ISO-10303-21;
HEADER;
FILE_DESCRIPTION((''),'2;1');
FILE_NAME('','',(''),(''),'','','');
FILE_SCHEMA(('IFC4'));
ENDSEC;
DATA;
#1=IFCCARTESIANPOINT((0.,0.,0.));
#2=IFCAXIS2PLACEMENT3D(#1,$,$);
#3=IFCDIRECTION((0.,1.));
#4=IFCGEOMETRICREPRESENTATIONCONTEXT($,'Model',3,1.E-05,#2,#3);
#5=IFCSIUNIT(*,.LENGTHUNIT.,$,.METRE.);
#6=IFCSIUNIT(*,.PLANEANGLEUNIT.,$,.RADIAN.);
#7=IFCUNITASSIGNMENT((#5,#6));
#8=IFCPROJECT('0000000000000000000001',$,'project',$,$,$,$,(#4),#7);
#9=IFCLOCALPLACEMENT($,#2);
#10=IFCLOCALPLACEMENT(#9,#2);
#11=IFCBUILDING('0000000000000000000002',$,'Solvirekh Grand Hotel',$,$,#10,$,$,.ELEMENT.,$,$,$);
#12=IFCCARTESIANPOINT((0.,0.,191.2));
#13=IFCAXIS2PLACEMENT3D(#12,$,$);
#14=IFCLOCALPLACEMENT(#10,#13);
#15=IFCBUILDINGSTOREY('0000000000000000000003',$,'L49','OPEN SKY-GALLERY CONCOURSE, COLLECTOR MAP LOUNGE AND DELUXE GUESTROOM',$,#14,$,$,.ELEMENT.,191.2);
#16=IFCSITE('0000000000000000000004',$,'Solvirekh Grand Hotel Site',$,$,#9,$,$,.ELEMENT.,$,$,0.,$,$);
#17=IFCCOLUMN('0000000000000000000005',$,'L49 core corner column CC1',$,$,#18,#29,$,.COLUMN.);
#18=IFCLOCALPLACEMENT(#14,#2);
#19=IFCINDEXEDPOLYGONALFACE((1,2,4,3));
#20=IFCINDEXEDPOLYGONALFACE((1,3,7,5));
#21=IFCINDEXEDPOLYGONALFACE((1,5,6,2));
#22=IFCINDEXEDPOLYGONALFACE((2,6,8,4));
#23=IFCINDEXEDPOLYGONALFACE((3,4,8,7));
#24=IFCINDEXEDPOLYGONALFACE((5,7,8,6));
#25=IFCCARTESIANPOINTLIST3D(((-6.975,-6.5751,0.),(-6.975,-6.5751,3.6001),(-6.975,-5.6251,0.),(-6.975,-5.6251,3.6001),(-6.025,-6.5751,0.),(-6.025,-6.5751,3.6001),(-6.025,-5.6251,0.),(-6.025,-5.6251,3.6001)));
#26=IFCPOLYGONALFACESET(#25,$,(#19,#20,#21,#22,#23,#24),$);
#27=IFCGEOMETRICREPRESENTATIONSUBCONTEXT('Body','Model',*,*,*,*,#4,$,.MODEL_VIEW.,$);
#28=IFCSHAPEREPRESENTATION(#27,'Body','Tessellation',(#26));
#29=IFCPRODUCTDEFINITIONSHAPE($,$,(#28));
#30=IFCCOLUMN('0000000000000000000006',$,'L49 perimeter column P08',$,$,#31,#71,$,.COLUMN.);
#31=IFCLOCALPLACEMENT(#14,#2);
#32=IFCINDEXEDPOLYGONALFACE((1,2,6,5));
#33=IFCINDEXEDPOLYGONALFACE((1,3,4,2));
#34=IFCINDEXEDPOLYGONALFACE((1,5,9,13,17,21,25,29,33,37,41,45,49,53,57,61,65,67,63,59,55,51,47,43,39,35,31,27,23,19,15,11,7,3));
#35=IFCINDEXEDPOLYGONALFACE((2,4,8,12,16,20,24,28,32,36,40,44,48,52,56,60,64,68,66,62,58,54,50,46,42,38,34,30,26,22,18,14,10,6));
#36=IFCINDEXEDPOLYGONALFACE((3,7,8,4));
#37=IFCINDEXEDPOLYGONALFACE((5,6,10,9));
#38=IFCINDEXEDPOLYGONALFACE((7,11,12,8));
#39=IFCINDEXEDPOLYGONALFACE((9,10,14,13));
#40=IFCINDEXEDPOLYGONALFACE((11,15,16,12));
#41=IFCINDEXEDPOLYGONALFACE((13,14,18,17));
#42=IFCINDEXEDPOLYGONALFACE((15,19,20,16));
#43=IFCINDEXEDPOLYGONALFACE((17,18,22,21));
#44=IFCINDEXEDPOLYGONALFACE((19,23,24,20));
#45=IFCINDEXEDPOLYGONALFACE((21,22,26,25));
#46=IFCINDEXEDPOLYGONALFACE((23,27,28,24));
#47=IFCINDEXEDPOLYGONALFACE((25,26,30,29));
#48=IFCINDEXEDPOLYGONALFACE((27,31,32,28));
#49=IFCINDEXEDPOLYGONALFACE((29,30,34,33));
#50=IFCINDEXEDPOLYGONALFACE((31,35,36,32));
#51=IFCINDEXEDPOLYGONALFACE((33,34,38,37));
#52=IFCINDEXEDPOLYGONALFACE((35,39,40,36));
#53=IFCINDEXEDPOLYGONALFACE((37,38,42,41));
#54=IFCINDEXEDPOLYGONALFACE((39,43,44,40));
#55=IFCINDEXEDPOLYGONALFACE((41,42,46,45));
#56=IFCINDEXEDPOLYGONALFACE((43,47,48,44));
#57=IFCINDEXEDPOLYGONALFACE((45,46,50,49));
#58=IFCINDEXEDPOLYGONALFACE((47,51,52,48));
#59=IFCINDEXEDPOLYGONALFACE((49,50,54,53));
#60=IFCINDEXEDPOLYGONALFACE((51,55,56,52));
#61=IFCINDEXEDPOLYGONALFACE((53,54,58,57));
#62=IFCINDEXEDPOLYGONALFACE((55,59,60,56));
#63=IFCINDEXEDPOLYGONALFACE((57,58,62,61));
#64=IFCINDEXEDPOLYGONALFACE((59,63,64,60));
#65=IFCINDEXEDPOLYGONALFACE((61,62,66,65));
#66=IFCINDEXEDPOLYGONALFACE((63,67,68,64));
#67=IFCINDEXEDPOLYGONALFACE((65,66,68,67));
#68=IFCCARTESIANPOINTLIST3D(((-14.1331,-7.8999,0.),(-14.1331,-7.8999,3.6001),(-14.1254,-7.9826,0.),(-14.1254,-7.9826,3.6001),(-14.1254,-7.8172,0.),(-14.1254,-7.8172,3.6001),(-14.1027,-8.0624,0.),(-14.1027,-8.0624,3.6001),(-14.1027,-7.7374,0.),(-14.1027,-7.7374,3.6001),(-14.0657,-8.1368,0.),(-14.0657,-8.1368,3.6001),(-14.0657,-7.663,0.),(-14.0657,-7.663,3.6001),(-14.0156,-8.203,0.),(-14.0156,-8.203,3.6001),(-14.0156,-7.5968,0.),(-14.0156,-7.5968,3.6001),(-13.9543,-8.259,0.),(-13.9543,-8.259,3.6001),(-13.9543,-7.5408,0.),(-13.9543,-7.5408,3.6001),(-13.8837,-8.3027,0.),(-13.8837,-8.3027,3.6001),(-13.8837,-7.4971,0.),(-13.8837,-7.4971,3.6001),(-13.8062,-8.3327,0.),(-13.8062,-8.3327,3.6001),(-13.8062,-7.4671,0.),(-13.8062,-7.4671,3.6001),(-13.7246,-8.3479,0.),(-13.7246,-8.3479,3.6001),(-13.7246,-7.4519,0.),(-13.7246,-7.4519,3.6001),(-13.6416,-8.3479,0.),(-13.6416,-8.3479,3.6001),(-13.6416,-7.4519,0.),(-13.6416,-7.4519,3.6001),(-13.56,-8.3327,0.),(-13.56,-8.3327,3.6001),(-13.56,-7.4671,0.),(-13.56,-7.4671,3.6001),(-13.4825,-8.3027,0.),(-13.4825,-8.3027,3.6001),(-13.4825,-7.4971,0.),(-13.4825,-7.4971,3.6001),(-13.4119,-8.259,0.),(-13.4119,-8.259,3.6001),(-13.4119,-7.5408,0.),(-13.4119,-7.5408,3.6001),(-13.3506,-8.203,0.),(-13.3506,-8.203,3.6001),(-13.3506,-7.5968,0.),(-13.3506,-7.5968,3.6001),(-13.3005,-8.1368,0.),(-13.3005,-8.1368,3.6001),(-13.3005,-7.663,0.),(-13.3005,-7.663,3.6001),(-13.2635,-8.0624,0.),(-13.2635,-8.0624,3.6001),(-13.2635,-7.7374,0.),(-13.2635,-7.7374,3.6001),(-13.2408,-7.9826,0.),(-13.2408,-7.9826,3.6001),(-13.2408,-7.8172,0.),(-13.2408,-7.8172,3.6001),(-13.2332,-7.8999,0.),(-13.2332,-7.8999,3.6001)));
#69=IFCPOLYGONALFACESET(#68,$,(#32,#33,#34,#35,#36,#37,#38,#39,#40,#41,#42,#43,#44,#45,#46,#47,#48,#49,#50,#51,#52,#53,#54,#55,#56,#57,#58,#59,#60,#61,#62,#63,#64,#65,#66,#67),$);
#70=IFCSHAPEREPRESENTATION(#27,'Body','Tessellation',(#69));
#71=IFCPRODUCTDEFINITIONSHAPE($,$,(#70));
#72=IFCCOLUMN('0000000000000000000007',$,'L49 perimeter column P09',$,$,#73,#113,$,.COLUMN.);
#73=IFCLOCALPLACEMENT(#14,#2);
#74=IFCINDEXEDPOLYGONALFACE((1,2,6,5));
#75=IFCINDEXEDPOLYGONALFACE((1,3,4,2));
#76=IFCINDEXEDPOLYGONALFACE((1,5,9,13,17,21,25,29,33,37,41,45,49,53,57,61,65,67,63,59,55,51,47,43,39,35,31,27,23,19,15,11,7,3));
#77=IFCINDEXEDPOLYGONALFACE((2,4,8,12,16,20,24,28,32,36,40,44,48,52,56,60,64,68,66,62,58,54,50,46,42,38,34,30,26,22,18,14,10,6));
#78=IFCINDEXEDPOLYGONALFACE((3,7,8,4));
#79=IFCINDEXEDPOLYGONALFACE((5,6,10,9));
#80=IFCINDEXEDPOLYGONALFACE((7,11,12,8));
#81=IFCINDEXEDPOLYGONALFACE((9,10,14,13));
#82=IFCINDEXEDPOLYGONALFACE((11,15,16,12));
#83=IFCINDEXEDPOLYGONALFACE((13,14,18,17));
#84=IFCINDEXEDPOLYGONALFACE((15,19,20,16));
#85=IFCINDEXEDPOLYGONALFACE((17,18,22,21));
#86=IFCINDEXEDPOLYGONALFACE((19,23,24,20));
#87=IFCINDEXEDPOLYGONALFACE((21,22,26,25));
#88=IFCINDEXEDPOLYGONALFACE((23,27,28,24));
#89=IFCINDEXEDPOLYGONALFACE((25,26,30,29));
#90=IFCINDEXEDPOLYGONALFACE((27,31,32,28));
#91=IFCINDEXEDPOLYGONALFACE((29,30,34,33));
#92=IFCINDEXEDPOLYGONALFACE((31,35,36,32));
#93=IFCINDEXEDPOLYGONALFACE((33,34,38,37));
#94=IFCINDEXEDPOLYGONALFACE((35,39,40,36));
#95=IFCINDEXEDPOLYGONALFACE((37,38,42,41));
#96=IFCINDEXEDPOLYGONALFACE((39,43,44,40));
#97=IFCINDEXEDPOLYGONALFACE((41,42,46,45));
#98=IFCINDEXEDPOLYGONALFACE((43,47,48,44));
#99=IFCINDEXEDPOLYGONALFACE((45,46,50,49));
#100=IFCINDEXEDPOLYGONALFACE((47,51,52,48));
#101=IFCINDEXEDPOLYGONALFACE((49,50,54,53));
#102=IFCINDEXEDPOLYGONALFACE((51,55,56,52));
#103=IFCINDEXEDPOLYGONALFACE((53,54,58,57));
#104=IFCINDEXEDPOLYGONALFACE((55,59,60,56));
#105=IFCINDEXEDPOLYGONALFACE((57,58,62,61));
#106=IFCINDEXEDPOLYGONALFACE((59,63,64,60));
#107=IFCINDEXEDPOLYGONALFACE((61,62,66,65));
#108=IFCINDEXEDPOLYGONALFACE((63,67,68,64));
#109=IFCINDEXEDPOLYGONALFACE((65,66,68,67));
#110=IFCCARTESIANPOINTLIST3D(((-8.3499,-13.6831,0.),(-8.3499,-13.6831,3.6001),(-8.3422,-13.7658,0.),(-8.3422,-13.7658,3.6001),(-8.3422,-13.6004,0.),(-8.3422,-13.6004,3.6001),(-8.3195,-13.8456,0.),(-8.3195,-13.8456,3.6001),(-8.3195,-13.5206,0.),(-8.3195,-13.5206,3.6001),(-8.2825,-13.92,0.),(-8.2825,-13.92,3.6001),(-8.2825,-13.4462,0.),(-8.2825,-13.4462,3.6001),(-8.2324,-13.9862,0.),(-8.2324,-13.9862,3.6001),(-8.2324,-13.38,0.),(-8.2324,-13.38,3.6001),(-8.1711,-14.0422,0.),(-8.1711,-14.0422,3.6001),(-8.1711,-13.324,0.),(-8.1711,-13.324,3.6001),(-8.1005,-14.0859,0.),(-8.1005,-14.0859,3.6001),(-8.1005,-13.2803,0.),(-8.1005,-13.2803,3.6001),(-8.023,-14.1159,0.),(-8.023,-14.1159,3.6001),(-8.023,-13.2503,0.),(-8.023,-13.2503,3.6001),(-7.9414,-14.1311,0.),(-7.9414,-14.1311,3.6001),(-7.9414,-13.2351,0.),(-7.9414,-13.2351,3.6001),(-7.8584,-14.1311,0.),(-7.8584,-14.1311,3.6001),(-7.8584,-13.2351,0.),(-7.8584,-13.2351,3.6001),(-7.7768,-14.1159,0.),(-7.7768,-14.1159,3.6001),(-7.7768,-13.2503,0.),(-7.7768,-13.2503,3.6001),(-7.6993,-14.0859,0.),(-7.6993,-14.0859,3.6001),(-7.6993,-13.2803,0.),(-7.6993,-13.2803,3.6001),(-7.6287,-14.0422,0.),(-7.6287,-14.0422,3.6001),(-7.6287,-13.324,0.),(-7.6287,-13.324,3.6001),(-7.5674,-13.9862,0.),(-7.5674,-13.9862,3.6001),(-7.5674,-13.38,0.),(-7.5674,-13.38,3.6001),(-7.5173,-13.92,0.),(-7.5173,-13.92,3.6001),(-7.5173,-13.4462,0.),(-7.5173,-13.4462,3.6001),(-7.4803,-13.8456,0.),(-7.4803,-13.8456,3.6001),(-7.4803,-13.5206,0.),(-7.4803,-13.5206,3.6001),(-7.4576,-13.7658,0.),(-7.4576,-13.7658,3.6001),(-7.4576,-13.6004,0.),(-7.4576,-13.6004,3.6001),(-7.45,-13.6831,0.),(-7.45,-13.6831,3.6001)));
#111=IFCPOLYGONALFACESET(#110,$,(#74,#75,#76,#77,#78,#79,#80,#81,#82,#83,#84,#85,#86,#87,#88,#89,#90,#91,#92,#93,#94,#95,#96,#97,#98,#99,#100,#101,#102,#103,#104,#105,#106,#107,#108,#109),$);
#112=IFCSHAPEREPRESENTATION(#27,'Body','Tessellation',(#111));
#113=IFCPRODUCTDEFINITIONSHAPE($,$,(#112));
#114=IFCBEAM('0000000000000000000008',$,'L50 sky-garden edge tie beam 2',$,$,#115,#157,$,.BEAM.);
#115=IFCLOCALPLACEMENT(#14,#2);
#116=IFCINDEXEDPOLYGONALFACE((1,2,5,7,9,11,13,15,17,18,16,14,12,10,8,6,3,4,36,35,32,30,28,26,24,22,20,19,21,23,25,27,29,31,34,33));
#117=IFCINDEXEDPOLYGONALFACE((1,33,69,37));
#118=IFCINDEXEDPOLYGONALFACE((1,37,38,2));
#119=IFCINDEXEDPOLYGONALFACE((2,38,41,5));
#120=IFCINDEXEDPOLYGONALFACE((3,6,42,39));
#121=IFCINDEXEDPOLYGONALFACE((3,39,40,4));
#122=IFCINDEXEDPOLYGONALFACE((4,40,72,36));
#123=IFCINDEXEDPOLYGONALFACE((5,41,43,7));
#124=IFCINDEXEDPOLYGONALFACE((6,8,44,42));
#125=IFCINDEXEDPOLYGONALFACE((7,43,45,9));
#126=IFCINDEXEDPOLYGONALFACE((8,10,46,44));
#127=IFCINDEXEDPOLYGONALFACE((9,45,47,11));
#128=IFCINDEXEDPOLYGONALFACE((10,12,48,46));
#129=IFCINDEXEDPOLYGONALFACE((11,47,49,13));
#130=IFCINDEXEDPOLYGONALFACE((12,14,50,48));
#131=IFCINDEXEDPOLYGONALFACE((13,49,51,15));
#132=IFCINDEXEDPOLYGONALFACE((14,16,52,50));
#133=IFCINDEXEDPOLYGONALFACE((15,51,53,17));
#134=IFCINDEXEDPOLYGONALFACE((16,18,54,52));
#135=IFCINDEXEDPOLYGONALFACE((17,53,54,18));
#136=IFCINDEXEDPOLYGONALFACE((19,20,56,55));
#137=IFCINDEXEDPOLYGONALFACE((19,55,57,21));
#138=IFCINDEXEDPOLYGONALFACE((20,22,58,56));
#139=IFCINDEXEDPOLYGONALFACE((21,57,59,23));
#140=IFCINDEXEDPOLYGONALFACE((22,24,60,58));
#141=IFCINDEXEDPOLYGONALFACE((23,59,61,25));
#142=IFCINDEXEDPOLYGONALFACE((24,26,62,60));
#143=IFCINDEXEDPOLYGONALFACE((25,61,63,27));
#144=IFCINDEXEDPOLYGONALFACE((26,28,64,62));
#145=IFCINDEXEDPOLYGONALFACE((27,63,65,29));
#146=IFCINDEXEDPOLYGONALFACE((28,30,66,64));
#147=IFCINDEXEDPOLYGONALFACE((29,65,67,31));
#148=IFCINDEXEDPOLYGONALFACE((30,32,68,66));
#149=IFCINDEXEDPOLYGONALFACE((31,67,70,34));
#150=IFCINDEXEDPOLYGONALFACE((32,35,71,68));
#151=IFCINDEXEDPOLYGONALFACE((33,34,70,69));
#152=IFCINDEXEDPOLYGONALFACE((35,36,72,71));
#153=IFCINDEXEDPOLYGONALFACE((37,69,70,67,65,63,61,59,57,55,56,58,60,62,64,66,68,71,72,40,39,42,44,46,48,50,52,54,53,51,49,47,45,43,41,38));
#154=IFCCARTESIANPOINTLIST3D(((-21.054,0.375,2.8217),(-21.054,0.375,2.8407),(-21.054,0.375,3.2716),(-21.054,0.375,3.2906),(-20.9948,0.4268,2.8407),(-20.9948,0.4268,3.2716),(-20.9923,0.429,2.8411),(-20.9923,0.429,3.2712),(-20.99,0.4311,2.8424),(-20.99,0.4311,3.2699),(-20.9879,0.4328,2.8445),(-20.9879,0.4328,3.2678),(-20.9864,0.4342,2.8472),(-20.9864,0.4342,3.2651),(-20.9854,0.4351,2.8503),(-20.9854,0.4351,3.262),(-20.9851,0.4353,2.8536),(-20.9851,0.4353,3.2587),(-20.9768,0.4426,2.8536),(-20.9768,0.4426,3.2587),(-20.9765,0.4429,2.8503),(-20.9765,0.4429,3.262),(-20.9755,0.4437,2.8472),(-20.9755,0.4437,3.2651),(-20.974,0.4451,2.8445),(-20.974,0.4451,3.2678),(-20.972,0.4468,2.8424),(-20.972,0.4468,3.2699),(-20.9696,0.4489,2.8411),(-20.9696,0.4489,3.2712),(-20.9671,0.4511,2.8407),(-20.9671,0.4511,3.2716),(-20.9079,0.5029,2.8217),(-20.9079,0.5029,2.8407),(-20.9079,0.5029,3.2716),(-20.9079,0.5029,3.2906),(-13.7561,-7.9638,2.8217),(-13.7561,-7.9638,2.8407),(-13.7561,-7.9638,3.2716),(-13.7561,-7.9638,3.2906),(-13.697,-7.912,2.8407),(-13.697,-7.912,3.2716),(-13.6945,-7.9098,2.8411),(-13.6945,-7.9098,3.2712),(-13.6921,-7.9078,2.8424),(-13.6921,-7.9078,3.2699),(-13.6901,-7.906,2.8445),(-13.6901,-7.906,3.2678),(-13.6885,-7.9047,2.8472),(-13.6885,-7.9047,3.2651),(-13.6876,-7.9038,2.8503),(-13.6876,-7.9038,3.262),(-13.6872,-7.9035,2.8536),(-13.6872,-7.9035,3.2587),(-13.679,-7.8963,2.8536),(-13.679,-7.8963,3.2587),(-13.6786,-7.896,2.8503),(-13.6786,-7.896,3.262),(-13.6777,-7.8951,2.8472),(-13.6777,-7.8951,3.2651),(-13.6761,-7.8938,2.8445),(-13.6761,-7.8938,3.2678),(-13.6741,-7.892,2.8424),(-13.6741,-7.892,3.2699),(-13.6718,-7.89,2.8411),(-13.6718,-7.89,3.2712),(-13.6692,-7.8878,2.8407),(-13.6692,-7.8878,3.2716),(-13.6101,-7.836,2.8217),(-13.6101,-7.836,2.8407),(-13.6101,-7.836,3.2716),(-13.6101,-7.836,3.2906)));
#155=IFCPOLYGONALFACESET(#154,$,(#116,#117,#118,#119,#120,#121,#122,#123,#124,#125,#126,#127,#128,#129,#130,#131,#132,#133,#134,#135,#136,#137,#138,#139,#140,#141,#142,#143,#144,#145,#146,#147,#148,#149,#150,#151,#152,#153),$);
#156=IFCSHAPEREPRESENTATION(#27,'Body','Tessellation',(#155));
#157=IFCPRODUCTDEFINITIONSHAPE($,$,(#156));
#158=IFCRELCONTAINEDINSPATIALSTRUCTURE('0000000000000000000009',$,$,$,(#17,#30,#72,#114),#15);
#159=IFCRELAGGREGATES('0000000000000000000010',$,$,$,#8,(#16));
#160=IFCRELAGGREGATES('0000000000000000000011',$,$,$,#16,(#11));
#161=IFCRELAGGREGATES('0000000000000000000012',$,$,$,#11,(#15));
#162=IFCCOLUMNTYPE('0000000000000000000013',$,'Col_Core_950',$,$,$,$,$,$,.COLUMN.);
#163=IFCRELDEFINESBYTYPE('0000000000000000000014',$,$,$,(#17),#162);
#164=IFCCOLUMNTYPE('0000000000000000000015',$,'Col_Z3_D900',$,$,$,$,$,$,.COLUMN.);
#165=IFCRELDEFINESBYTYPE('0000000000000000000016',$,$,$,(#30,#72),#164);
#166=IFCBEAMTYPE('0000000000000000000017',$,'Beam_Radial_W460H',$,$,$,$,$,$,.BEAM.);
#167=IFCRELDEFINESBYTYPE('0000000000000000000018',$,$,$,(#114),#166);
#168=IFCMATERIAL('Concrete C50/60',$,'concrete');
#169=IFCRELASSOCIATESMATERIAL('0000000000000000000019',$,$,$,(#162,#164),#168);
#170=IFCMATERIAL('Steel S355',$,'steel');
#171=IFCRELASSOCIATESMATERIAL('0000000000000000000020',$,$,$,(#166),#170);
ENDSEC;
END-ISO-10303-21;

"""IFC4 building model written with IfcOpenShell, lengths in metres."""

from ifc_helpers import new_model, si_unit, direction, frame, origin, origin_2d, place, context, subcontext, project, spatial, rectangle, circle, i_section, extrude, material, material_profile, profile_set, type_object, element, save


model = new_model("IFC4")

# Units and contexts
model_context = context("Model", 3, precision=1e-05, world=origin(), true_north=direction((0.0, 1.0)))
body_context = subcontext(model_context, "Body", "Model", "MODEL_VIEW")
ifc_project = project(units=[si_unit("LENGTHUNIT", "METRE"), si_unit("PLANEANGLEUNIT", "RADIAN")], contexts=[model_context])

# Site, building, storey
site_placement = place(None, origin())
site = spatial("IfcSite", under=ifc_project, at=site_placement, Name="Solvirekh Grand Hotel Site", CompositionType="ELEMENT", RefElevation=0.0)
building_placement = place(site_placement, origin())
building = spatial("IfcBuilding", under=site, at=building_placement, Name="Solvirekh Grand Hotel", CompositionType="ELEMENT")
storey_placement = place(building_placement, frame((0.0, 0.0, 191.2)))
storey = spatial("IfcBuildingStorey", under=building, at=storey_placement, Name="L49", Description="OPEN SKY-GALLERY CONCOURSE, COLLECTOR MAP LOUNGE AND DELUXE GUESTROOM", CompositionType="ELEMENT", Elevation=191.2)

# Columns
ifc_material_1 = material(Name="Concrete C50/60", Category="concrete")
ifc_material_profile_1 = material_profile(ifc_material_1, rectangle(XDim=0.95, YDim=0.95, at=origin_2d()), Name="RC 950X950")
ifc_profile_set_1 = profile_set([ifc_material_profile_1], Name="Concrete C50/60")
column_type_1 = type_object("IfcColumnType", Name="Col_Core_950", PredefinedType="COLUMN", material=ifc_profile_set_1)
column_placement = place(storey_placement, frame((-6.5, -6.1001, 0.0), z_axis=(0.0, 0.0, 1.0), x_axis=(1.0, 0.0, 0.0)))
element("IfcColumn", 1, at=column_placement, inside=storey, type_object=column_type_1, Name="L49 core corner column CC1", PredefinedType="COLUMN", context=body_context, shape_type="SweptSolid", body=[
    extrude(rectangle(XDim=0.95, YDim=0.95, at=origin_2d()), origin(), (0.0, 0.0, 1.0), 3.6001),
])
ifc_material_profile_2 = material_profile(ifc_material_1, circle(Radius=0.45, at=origin_2d()), Name="RC CIRC D900")
ifc_profile_set_2 = profile_set([ifc_material_profile_2], Name="Concrete C50/60")
column_type_2 = type_object("IfcColumnType", Name="Col_Z3_D900", PredefinedType="COLUMN", material=ifc_profile_set_2)
for number, where, z_axis, x_axis, name in (
    (2, (-13.6831, -7.8999, 0.0), (0.0, 0.0, 1.0), (1.0, 0.0, 0.0), "L49 perimeter column P08"),
    (3, (-7.8999, -13.6831, 0.0), (0.0, 0.0, 1.0), (1.0, 0.0, 0.0), "L49 perimeter column P09"),
):
    element("IfcColumn", number, at=place(storey_placement, frame(where, z_axis=z_axis, x_axis=x_axis)), inside=storey, type_object=column_type_2, Name=name, PredefinedType="COLUMN", context=body_context, shape_type="SweptSolid", body=[
        extrude(circle(Radius=0.45, at=origin_2d()), origin(), (0.0, 0.0, 1.0), 3.6001),
    ])

# Beam
ifc_material_2 = material(Name="Steel S355", Category="steel")
ifc_material_profile_3 = material_profile(ifc_material_2, i_section(OverallWidth=0.1941, OverallDepth=0.469, WebThickness=0.011, FlangeThickness=0.019, FilletRadius=0.0129, at=origin_2d()), Name="W460X106")
ifc_profile_set_3 = profile_set([ifc_material_profile_3], Name="Steel S355")
beam_type_1 = type_object("IfcBeamType", Name="Beam_Radial_W460H", PredefinedType="BEAM", material=ifc_profile_set_3)
beam_placement = place(storey_placement, frame((-13.6831, -7.8999, 3.0562), z_axis=(-0.658573, 0.752517, 0.0), x_axis=(-0.752517, -0.658573, 0.0)))
element("IfcBeam", 4, at=beam_placement, inside=storey, type_object=beam_type_1, Name="L50 sky-garden edge tie beam 2", PredefinedType="BEAM", context=body_context, shape_type="SweptSolid", body=[
    extrude(i_section(OverallWidth=0.1941, OverallDepth=0.469, WebThickness=0.011, FlangeThickness=0.019, FilletRadius=0.0129, at=origin_2d()), origin(), (0.0, 0.0, 1.0), 11.0813),
])

save(model, "model.ifc")
